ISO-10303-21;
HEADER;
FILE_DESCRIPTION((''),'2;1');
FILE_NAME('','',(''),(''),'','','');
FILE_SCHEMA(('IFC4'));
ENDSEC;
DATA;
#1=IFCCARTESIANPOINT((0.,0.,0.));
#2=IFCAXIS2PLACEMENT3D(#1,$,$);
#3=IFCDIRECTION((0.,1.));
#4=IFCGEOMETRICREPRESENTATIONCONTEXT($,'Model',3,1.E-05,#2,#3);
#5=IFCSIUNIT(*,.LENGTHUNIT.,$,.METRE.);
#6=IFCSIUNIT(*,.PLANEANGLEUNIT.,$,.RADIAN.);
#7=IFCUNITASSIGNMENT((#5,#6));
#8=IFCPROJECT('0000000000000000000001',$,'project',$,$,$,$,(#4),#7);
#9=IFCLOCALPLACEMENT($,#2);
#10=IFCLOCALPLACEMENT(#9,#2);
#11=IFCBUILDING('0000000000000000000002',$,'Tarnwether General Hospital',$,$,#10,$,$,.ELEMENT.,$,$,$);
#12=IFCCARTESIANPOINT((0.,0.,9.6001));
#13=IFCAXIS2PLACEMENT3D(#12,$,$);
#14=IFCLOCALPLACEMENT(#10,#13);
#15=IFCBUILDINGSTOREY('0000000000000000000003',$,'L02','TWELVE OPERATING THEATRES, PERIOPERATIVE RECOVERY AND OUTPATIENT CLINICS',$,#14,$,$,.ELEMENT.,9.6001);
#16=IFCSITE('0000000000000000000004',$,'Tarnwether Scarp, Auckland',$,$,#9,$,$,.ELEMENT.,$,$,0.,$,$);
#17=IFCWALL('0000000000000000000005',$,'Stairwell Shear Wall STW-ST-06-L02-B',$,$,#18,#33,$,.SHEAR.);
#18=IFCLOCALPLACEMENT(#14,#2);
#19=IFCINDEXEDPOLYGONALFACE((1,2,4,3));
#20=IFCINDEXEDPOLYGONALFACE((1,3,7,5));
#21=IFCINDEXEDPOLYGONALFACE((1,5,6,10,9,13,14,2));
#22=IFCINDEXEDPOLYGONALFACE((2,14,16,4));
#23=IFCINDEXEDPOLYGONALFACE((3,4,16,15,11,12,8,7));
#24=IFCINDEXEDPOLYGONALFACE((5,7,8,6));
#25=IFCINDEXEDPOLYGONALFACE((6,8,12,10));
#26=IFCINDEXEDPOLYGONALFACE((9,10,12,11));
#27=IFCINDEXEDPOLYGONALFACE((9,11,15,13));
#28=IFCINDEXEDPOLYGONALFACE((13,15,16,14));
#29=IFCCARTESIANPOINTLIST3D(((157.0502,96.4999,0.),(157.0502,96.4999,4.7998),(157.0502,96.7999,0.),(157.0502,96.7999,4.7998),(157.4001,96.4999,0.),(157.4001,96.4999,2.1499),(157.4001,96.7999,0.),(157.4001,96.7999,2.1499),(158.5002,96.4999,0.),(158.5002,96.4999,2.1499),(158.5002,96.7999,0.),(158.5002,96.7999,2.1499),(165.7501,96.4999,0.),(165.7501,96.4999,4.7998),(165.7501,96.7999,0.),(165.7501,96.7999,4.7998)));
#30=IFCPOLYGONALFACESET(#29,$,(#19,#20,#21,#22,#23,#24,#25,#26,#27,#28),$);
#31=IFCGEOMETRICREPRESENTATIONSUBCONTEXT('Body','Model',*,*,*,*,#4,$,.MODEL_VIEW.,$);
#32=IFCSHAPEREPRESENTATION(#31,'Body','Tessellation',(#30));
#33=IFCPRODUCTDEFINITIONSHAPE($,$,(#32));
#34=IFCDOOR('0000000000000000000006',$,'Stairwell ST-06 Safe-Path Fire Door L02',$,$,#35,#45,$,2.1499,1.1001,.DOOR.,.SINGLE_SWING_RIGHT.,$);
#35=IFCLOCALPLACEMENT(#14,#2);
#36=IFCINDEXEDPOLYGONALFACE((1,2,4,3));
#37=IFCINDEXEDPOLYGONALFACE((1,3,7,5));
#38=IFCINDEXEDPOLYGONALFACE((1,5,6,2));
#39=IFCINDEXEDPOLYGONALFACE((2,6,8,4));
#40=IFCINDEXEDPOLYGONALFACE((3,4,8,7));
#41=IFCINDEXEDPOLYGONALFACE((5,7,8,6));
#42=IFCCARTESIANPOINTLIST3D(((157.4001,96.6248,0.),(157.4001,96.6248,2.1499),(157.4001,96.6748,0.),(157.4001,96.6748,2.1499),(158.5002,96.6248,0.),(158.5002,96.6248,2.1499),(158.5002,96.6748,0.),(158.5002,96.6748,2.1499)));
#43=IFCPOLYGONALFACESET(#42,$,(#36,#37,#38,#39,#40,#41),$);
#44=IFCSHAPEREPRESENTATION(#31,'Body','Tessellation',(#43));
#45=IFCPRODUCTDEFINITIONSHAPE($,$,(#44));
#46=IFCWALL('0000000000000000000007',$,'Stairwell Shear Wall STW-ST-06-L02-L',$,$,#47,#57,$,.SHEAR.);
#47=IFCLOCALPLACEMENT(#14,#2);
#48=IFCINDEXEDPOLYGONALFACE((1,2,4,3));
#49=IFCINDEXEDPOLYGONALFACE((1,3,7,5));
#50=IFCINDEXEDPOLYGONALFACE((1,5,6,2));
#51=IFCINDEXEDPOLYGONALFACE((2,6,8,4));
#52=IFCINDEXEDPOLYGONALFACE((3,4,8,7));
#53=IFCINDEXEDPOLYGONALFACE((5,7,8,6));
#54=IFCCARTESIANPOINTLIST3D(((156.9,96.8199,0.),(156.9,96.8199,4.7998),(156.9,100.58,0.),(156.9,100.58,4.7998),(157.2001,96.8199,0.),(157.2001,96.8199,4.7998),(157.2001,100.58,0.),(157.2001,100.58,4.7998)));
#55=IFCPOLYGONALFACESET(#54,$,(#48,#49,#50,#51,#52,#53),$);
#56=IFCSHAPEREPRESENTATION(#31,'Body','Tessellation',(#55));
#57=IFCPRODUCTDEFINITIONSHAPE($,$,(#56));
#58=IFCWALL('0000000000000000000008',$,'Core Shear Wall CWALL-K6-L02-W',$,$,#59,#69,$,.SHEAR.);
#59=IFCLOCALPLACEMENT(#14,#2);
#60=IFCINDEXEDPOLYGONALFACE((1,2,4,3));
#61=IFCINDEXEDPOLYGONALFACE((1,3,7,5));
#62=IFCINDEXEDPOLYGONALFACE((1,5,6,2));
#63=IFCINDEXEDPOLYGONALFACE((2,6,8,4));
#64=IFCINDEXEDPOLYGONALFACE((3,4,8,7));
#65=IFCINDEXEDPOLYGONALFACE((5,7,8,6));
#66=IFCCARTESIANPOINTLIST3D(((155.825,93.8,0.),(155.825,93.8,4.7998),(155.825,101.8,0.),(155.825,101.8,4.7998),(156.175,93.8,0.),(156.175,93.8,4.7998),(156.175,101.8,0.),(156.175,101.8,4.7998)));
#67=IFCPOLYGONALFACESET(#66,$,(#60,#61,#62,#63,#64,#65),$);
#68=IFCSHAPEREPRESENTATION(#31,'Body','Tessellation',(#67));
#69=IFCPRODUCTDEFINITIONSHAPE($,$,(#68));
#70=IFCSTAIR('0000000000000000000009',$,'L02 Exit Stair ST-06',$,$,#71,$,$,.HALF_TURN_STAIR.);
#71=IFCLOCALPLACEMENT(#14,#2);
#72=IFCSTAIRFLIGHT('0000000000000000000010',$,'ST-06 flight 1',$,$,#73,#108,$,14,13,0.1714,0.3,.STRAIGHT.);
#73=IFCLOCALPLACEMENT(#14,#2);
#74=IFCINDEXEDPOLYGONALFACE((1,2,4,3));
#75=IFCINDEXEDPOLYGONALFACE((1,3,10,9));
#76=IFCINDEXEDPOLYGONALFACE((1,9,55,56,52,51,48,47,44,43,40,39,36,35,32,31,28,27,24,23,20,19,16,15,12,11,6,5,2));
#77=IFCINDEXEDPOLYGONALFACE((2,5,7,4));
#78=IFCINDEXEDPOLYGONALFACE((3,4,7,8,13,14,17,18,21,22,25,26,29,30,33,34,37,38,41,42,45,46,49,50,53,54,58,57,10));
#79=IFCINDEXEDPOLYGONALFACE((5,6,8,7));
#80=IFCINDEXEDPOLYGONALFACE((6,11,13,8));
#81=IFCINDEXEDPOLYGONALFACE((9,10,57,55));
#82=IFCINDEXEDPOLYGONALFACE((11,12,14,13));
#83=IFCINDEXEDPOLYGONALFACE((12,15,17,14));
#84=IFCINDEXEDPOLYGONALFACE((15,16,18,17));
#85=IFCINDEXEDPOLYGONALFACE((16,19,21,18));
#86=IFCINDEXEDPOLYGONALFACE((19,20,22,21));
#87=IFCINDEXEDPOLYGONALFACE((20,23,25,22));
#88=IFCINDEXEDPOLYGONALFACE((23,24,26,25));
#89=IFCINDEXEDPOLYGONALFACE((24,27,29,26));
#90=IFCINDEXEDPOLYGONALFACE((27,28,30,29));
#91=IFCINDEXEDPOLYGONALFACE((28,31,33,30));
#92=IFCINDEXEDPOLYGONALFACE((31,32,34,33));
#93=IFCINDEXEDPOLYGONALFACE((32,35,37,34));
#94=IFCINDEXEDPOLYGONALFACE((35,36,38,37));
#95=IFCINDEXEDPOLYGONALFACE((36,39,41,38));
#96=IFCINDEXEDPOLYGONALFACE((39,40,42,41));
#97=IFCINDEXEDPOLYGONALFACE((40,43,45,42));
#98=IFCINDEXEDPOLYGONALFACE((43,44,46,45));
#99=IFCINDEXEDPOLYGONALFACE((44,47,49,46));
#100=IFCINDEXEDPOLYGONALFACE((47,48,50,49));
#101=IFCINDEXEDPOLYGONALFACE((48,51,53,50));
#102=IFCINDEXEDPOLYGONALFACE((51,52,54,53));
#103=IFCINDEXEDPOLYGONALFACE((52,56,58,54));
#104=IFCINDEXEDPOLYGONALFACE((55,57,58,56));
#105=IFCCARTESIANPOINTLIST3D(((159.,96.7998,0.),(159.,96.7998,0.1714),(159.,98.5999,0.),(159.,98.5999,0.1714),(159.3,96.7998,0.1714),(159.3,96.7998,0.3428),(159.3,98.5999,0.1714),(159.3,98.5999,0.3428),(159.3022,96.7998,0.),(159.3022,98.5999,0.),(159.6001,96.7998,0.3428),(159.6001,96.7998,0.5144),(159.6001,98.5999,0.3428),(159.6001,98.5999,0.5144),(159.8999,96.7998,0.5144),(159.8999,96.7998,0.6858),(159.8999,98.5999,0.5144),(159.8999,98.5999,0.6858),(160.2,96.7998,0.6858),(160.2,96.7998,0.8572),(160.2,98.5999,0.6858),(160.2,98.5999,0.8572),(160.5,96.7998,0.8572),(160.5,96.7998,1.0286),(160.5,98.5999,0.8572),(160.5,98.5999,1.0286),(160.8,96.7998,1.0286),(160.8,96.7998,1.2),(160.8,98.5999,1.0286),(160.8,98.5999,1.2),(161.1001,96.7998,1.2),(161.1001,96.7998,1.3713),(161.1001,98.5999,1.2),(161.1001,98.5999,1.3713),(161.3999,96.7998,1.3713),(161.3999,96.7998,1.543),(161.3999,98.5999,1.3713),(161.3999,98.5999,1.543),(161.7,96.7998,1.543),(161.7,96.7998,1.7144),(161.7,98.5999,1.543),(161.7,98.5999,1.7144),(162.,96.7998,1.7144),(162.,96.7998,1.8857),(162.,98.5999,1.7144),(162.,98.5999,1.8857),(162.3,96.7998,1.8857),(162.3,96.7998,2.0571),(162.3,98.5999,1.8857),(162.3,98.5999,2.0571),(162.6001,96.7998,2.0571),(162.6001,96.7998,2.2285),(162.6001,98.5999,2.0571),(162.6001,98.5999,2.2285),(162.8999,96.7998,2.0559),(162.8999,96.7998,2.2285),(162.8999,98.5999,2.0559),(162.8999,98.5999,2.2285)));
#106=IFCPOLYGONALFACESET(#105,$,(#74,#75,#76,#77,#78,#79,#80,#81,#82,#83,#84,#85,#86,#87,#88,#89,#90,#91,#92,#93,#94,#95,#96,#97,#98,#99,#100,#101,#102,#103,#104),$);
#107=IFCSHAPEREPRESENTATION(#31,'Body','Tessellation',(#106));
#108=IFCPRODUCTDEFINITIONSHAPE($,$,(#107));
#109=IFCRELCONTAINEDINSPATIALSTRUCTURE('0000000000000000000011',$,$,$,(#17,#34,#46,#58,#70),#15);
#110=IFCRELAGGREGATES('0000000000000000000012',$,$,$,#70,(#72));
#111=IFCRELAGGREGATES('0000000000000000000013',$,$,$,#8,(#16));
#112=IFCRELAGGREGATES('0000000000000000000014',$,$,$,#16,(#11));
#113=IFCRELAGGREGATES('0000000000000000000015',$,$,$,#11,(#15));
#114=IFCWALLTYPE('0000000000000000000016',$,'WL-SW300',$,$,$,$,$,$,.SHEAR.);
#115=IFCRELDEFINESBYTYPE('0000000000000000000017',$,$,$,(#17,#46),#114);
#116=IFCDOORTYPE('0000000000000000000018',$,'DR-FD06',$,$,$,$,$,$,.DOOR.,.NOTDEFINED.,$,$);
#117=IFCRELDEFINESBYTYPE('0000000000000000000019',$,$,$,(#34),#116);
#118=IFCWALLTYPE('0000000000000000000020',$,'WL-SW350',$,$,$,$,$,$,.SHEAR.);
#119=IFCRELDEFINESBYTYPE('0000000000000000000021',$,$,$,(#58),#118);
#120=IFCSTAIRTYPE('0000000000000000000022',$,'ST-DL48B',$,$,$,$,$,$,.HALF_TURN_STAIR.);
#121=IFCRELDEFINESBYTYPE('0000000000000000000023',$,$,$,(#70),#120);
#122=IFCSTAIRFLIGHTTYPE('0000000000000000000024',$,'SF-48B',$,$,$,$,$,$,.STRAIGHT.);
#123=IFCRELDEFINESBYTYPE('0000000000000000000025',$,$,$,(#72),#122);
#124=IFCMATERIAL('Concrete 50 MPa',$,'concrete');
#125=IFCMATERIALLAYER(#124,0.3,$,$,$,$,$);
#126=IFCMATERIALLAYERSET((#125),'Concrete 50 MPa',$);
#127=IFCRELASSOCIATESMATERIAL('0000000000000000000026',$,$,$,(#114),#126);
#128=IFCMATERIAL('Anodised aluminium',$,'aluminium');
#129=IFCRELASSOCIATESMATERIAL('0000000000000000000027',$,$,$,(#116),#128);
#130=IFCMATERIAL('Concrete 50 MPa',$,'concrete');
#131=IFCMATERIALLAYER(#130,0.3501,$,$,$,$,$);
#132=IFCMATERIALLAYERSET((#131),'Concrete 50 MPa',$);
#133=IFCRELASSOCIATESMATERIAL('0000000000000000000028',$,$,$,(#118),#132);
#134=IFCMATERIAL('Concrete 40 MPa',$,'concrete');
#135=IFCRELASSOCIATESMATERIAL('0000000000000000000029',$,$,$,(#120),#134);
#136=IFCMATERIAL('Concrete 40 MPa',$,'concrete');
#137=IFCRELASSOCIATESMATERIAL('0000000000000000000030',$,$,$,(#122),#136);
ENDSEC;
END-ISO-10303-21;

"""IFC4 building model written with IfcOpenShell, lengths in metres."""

from ifc_helpers import new_model, si_unit, direction, frame, frame_2d, origin, place, context, subcontext, project, spatial, polyline, rectangle, outline, extrude, material, layer, layer_set, type_object, element, fill, aggregate, save


model = new_model("IFC4")

# Units and contexts
model_context = context("Model", 3, precision=1e-05, world=origin(), true_north=direction((0.0, 1.0)))
body_context = subcontext(model_context, "Body", "Model", "MODEL_VIEW")
ifc_project = project(units=[si_unit("LENGTHUNIT", "METRE"), si_unit("PLANEANGLEUNIT", "RADIAN")], contexts=[model_context])

# Site, building, storey
site_placement = place(None, origin())
site = spatial("IfcSite", under=ifc_project, at=site_placement, Name="Tarnwether Scarp, Auckland", CompositionType="ELEMENT", RefElevation=0.0)
building_placement = place(site_placement, origin())
building = spatial("IfcBuilding", under=site, at=building_placement, Name="Tarnwether General Hospital", CompositionType="ELEMENT")
storey_placement = place(building_placement, frame((0.0, 0.0, 9.6001)))
storey = spatial("IfcBuildingStorey", under=building, at=storey_placement, Name="L02", Description="TWELVE OPERATING THEATRES, PERIOPERATIVE RECOVERY AND OUTPATIENT CLINICS", CompositionType="ELEMENT", Elevation=9.6001)

# Wall, opening, door
ifc_material_1 = material(Name="Concrete 50 MPa", Category="concrete")
ifc_layer_1 = layer(ifc_material_1, 0.3)
ifc_layer_set_1 = layer_set([ifc_layer_1], Name="Concrete 50 MPa")
wall_type_1 = type_object("IfcWallType", Name="WL-SW300", PredefinedType="SHEAR", material=ifc_layer_set_1)
wall_1_placement = place(storey_placement, frame((157.05, 96.6499, 0.0), z_axis=(0.0, 0.0, 1.0), x_axis=(1.0, 0.0, 0.0)))
wall_1 = element("IfcWall", 1, at=wall_1_placement, inside=storey, type_object=wall_type_1, Name="Stairwell Shear Wall STW-ST-06-L02-B", PredefinedType="SHEAR", context=body_context, shape_type="SweptSolid", body=[
    extrude(rectangle(XDim=8.7, YDim=0.3, at=frame_2d((4.3501, 0.0))), origin(), (0.0, 0.0, 1.0), 4.7998),
])
opening_1_placement = place(wall_1_placement, frame((0.3501, 0.0, 0.0)))
opening_1 = element("IfcOpeningElement", 2, at=opening_1_placement, cuts=wall_1, PredefinedType="OPENING", context=body_context, shape_type="SweptSolid", body=[
    extrude(rectangle(XDim=1.1001, YDim=2.1499, at=frame_2d((0.55, 1.075))), frame((0.0, 0.1602, 0.0), z_axis=(0.0, -1.0, 0.0), x_axis=(1.0, 0.0, 0.0)), (0.0, 0.0, 1.0), 0.3201),
])
ifc_material_2 = material(Name="Anodised aluminium", Category="aluminium")
door_type_1 = type_object("IfcDoorType", Name="DR-FD06", OperationType="NOTDEFINED", PredefinedType="DOOR", material=ifc_material_2)
door_1_placement = place(opening_1_placement, origin())
door_1 = element("IfcDoor", 3, at=door_1_placement, inside=storey, type_object=door_type_1, Name="Stairwell ST-06 Safe-Path Fire Door L02", OperationType="SINGLE_SWING_RIGHT", OverallHeight=2.1499, OverallWidth=1.1001, PredefinedType="DOOR", context=body_context, shape_type="SweptSolid", body=[
    extrude(rectangle(XDim=1.1001, YDim=2.1499, at=frame_2d((0.55, 1.075))), frame((0.0, 0.0249, 0.0), z_axis=(0.0, -1.0, 0.0), x_axis=(1.0, 0.0, 0.0)), (0.0, 0.0, 1.0), 0.05),
])
fill(opening_1, door_1)

# Walls
wall_2_placement = place(storey_placement, frame((157.05, 96.8201, 0.0), z_axis=(0.0, 0.0, 1.0), x_axis=(0.0, 1.0, 0.0)))
element("IfcWall", 4, at=wall_2_placement, inside=storey, type_object=wall_type_1, Name="Stairwell Shear Wall STW-ST-06-L02-L", PredefinedType="SHEAR", context=body_context, shape_type="SweptSolid", body=[
    extrude(rectangle(XDim=3.76, YDim=0.3, at=frame_2d((1.8799, 0.0))), origin(), (0.0, 0.0, 1.0), 4.7998),
])
ifc_material_3 = material(Name="Concrete 50 MPa", Category="concrete")
ifc_layer_2 = layer(ifc_material_3, 0.3501)
ifc_layer_set_2 = layer_set([ifc_layer_2], Name="Concrete 50 MPa")
wall_type_2 = type_object("IfcWallType", Name="WL-SW350", PredefinedType="SHEAR", material=ifc_layer_set_2)
wall_3_placement = place(storey_placement, frame((156.0, 93.8, 0.0), z_axis=(0.0, 0.0, 1.0), x_axis=(0.0, 1.0, 0.0)))
element("IfcWall", 5, at=wall_3_placement, inside=storey, type_object=wall_type_2, Name="Core Shear Wall CWALL-K6-L02-W", PredefinedType="SHEAR", context=body_context, shape_type="SweptSolid", body=[
    extrude(rectangle(XDim=8.0, YDim=0.3501, at=frame_2d((4.0, 0.0))), origin(), (0.0, 0.0, 1.0), 4.7998),
])

# Stair, stair flight
ifc_material_4 = material(Name="Concrete 40 MPa", Category="concrete")
stair_type = type_object("IfcStairType", Name="ST-DL48B", PredefinedType="HALF_TURN_STAIR", material=ifc_material_4)
stair_placement = place(storey_placement, origin())
stair = element("IfcStair", 6, at=stair_placement, inside=storey, type_object=stair_type, Name="L02 Exit Stair ST-06", PredefinedType="HALF_TURN_STAIR")
ifc_material_5 = material(Name="Concrete 40 MPa", Category="concrete")
stair_flight_type = type_object("IfcStairFlightType", Name="SF-48B", PredefinedType="STRAIGHT", material=ifc_material_5)
stair_flight_placement = place(storey_placement, frame((159.0, 97.7, 0.0), z_axis=(0.0, 0.0, 1.0), x_axis=(1.0, 0.0, 0.0)))
stair_flight = element("IfcStairFlight", 7, at=stair_flight_placement, type_object=stair_flight_type, Name="ST-06 flight 1", NumberOfRisers=14, NumberOfTreads=13, PredefinedType="STRAIGHT", RiserHeight=0.1714, TreadLength=0.3, context=body_context, shape_type="SweptSolid", body=[
    extrude(outline(polyline([(0.0, 0.0), (0.0, 0.1714), (0.3, 0.1714), (0.3, 0.3428), (0.6001, 0.3428), (0.6001, 0.5144), (0.8999, 0.5144), (0.8999, 0.6858), (1.2, 0.6858), (1.2, 0.8572), (1.5, 0.8572), (1.5, 1.0286), (1.8, 1.0286), (1.8, 1.2), (2.1001, 1.2), (2.1001, 1.3713), (2.3999, 1.3713), (2.3999, 1.543), (2.7, 1.543), (2.7, 1.7144), (3.0, 1.7144), (3.0, 1.8857), (3.3, 1.8857), (3.3, 2.0571), (3.6001, 2.0571), (3.6001, 2.2285), (3.8999, 2.2285), (3.8999, 2.3999), (3.8999, 2.0559), (0.3022, 0.0), (0.0, 0.0)])), frame((0.0, 0.8999, 0.0), z_axis=(0.0, -1.0, 0.0), x_axis=(1.0, 0.0, 0.0)), (0.0, 0.0, 1.0), 1.8),
])
aggregate(stair, [stair_flight])

save(model, "model.ifc")
